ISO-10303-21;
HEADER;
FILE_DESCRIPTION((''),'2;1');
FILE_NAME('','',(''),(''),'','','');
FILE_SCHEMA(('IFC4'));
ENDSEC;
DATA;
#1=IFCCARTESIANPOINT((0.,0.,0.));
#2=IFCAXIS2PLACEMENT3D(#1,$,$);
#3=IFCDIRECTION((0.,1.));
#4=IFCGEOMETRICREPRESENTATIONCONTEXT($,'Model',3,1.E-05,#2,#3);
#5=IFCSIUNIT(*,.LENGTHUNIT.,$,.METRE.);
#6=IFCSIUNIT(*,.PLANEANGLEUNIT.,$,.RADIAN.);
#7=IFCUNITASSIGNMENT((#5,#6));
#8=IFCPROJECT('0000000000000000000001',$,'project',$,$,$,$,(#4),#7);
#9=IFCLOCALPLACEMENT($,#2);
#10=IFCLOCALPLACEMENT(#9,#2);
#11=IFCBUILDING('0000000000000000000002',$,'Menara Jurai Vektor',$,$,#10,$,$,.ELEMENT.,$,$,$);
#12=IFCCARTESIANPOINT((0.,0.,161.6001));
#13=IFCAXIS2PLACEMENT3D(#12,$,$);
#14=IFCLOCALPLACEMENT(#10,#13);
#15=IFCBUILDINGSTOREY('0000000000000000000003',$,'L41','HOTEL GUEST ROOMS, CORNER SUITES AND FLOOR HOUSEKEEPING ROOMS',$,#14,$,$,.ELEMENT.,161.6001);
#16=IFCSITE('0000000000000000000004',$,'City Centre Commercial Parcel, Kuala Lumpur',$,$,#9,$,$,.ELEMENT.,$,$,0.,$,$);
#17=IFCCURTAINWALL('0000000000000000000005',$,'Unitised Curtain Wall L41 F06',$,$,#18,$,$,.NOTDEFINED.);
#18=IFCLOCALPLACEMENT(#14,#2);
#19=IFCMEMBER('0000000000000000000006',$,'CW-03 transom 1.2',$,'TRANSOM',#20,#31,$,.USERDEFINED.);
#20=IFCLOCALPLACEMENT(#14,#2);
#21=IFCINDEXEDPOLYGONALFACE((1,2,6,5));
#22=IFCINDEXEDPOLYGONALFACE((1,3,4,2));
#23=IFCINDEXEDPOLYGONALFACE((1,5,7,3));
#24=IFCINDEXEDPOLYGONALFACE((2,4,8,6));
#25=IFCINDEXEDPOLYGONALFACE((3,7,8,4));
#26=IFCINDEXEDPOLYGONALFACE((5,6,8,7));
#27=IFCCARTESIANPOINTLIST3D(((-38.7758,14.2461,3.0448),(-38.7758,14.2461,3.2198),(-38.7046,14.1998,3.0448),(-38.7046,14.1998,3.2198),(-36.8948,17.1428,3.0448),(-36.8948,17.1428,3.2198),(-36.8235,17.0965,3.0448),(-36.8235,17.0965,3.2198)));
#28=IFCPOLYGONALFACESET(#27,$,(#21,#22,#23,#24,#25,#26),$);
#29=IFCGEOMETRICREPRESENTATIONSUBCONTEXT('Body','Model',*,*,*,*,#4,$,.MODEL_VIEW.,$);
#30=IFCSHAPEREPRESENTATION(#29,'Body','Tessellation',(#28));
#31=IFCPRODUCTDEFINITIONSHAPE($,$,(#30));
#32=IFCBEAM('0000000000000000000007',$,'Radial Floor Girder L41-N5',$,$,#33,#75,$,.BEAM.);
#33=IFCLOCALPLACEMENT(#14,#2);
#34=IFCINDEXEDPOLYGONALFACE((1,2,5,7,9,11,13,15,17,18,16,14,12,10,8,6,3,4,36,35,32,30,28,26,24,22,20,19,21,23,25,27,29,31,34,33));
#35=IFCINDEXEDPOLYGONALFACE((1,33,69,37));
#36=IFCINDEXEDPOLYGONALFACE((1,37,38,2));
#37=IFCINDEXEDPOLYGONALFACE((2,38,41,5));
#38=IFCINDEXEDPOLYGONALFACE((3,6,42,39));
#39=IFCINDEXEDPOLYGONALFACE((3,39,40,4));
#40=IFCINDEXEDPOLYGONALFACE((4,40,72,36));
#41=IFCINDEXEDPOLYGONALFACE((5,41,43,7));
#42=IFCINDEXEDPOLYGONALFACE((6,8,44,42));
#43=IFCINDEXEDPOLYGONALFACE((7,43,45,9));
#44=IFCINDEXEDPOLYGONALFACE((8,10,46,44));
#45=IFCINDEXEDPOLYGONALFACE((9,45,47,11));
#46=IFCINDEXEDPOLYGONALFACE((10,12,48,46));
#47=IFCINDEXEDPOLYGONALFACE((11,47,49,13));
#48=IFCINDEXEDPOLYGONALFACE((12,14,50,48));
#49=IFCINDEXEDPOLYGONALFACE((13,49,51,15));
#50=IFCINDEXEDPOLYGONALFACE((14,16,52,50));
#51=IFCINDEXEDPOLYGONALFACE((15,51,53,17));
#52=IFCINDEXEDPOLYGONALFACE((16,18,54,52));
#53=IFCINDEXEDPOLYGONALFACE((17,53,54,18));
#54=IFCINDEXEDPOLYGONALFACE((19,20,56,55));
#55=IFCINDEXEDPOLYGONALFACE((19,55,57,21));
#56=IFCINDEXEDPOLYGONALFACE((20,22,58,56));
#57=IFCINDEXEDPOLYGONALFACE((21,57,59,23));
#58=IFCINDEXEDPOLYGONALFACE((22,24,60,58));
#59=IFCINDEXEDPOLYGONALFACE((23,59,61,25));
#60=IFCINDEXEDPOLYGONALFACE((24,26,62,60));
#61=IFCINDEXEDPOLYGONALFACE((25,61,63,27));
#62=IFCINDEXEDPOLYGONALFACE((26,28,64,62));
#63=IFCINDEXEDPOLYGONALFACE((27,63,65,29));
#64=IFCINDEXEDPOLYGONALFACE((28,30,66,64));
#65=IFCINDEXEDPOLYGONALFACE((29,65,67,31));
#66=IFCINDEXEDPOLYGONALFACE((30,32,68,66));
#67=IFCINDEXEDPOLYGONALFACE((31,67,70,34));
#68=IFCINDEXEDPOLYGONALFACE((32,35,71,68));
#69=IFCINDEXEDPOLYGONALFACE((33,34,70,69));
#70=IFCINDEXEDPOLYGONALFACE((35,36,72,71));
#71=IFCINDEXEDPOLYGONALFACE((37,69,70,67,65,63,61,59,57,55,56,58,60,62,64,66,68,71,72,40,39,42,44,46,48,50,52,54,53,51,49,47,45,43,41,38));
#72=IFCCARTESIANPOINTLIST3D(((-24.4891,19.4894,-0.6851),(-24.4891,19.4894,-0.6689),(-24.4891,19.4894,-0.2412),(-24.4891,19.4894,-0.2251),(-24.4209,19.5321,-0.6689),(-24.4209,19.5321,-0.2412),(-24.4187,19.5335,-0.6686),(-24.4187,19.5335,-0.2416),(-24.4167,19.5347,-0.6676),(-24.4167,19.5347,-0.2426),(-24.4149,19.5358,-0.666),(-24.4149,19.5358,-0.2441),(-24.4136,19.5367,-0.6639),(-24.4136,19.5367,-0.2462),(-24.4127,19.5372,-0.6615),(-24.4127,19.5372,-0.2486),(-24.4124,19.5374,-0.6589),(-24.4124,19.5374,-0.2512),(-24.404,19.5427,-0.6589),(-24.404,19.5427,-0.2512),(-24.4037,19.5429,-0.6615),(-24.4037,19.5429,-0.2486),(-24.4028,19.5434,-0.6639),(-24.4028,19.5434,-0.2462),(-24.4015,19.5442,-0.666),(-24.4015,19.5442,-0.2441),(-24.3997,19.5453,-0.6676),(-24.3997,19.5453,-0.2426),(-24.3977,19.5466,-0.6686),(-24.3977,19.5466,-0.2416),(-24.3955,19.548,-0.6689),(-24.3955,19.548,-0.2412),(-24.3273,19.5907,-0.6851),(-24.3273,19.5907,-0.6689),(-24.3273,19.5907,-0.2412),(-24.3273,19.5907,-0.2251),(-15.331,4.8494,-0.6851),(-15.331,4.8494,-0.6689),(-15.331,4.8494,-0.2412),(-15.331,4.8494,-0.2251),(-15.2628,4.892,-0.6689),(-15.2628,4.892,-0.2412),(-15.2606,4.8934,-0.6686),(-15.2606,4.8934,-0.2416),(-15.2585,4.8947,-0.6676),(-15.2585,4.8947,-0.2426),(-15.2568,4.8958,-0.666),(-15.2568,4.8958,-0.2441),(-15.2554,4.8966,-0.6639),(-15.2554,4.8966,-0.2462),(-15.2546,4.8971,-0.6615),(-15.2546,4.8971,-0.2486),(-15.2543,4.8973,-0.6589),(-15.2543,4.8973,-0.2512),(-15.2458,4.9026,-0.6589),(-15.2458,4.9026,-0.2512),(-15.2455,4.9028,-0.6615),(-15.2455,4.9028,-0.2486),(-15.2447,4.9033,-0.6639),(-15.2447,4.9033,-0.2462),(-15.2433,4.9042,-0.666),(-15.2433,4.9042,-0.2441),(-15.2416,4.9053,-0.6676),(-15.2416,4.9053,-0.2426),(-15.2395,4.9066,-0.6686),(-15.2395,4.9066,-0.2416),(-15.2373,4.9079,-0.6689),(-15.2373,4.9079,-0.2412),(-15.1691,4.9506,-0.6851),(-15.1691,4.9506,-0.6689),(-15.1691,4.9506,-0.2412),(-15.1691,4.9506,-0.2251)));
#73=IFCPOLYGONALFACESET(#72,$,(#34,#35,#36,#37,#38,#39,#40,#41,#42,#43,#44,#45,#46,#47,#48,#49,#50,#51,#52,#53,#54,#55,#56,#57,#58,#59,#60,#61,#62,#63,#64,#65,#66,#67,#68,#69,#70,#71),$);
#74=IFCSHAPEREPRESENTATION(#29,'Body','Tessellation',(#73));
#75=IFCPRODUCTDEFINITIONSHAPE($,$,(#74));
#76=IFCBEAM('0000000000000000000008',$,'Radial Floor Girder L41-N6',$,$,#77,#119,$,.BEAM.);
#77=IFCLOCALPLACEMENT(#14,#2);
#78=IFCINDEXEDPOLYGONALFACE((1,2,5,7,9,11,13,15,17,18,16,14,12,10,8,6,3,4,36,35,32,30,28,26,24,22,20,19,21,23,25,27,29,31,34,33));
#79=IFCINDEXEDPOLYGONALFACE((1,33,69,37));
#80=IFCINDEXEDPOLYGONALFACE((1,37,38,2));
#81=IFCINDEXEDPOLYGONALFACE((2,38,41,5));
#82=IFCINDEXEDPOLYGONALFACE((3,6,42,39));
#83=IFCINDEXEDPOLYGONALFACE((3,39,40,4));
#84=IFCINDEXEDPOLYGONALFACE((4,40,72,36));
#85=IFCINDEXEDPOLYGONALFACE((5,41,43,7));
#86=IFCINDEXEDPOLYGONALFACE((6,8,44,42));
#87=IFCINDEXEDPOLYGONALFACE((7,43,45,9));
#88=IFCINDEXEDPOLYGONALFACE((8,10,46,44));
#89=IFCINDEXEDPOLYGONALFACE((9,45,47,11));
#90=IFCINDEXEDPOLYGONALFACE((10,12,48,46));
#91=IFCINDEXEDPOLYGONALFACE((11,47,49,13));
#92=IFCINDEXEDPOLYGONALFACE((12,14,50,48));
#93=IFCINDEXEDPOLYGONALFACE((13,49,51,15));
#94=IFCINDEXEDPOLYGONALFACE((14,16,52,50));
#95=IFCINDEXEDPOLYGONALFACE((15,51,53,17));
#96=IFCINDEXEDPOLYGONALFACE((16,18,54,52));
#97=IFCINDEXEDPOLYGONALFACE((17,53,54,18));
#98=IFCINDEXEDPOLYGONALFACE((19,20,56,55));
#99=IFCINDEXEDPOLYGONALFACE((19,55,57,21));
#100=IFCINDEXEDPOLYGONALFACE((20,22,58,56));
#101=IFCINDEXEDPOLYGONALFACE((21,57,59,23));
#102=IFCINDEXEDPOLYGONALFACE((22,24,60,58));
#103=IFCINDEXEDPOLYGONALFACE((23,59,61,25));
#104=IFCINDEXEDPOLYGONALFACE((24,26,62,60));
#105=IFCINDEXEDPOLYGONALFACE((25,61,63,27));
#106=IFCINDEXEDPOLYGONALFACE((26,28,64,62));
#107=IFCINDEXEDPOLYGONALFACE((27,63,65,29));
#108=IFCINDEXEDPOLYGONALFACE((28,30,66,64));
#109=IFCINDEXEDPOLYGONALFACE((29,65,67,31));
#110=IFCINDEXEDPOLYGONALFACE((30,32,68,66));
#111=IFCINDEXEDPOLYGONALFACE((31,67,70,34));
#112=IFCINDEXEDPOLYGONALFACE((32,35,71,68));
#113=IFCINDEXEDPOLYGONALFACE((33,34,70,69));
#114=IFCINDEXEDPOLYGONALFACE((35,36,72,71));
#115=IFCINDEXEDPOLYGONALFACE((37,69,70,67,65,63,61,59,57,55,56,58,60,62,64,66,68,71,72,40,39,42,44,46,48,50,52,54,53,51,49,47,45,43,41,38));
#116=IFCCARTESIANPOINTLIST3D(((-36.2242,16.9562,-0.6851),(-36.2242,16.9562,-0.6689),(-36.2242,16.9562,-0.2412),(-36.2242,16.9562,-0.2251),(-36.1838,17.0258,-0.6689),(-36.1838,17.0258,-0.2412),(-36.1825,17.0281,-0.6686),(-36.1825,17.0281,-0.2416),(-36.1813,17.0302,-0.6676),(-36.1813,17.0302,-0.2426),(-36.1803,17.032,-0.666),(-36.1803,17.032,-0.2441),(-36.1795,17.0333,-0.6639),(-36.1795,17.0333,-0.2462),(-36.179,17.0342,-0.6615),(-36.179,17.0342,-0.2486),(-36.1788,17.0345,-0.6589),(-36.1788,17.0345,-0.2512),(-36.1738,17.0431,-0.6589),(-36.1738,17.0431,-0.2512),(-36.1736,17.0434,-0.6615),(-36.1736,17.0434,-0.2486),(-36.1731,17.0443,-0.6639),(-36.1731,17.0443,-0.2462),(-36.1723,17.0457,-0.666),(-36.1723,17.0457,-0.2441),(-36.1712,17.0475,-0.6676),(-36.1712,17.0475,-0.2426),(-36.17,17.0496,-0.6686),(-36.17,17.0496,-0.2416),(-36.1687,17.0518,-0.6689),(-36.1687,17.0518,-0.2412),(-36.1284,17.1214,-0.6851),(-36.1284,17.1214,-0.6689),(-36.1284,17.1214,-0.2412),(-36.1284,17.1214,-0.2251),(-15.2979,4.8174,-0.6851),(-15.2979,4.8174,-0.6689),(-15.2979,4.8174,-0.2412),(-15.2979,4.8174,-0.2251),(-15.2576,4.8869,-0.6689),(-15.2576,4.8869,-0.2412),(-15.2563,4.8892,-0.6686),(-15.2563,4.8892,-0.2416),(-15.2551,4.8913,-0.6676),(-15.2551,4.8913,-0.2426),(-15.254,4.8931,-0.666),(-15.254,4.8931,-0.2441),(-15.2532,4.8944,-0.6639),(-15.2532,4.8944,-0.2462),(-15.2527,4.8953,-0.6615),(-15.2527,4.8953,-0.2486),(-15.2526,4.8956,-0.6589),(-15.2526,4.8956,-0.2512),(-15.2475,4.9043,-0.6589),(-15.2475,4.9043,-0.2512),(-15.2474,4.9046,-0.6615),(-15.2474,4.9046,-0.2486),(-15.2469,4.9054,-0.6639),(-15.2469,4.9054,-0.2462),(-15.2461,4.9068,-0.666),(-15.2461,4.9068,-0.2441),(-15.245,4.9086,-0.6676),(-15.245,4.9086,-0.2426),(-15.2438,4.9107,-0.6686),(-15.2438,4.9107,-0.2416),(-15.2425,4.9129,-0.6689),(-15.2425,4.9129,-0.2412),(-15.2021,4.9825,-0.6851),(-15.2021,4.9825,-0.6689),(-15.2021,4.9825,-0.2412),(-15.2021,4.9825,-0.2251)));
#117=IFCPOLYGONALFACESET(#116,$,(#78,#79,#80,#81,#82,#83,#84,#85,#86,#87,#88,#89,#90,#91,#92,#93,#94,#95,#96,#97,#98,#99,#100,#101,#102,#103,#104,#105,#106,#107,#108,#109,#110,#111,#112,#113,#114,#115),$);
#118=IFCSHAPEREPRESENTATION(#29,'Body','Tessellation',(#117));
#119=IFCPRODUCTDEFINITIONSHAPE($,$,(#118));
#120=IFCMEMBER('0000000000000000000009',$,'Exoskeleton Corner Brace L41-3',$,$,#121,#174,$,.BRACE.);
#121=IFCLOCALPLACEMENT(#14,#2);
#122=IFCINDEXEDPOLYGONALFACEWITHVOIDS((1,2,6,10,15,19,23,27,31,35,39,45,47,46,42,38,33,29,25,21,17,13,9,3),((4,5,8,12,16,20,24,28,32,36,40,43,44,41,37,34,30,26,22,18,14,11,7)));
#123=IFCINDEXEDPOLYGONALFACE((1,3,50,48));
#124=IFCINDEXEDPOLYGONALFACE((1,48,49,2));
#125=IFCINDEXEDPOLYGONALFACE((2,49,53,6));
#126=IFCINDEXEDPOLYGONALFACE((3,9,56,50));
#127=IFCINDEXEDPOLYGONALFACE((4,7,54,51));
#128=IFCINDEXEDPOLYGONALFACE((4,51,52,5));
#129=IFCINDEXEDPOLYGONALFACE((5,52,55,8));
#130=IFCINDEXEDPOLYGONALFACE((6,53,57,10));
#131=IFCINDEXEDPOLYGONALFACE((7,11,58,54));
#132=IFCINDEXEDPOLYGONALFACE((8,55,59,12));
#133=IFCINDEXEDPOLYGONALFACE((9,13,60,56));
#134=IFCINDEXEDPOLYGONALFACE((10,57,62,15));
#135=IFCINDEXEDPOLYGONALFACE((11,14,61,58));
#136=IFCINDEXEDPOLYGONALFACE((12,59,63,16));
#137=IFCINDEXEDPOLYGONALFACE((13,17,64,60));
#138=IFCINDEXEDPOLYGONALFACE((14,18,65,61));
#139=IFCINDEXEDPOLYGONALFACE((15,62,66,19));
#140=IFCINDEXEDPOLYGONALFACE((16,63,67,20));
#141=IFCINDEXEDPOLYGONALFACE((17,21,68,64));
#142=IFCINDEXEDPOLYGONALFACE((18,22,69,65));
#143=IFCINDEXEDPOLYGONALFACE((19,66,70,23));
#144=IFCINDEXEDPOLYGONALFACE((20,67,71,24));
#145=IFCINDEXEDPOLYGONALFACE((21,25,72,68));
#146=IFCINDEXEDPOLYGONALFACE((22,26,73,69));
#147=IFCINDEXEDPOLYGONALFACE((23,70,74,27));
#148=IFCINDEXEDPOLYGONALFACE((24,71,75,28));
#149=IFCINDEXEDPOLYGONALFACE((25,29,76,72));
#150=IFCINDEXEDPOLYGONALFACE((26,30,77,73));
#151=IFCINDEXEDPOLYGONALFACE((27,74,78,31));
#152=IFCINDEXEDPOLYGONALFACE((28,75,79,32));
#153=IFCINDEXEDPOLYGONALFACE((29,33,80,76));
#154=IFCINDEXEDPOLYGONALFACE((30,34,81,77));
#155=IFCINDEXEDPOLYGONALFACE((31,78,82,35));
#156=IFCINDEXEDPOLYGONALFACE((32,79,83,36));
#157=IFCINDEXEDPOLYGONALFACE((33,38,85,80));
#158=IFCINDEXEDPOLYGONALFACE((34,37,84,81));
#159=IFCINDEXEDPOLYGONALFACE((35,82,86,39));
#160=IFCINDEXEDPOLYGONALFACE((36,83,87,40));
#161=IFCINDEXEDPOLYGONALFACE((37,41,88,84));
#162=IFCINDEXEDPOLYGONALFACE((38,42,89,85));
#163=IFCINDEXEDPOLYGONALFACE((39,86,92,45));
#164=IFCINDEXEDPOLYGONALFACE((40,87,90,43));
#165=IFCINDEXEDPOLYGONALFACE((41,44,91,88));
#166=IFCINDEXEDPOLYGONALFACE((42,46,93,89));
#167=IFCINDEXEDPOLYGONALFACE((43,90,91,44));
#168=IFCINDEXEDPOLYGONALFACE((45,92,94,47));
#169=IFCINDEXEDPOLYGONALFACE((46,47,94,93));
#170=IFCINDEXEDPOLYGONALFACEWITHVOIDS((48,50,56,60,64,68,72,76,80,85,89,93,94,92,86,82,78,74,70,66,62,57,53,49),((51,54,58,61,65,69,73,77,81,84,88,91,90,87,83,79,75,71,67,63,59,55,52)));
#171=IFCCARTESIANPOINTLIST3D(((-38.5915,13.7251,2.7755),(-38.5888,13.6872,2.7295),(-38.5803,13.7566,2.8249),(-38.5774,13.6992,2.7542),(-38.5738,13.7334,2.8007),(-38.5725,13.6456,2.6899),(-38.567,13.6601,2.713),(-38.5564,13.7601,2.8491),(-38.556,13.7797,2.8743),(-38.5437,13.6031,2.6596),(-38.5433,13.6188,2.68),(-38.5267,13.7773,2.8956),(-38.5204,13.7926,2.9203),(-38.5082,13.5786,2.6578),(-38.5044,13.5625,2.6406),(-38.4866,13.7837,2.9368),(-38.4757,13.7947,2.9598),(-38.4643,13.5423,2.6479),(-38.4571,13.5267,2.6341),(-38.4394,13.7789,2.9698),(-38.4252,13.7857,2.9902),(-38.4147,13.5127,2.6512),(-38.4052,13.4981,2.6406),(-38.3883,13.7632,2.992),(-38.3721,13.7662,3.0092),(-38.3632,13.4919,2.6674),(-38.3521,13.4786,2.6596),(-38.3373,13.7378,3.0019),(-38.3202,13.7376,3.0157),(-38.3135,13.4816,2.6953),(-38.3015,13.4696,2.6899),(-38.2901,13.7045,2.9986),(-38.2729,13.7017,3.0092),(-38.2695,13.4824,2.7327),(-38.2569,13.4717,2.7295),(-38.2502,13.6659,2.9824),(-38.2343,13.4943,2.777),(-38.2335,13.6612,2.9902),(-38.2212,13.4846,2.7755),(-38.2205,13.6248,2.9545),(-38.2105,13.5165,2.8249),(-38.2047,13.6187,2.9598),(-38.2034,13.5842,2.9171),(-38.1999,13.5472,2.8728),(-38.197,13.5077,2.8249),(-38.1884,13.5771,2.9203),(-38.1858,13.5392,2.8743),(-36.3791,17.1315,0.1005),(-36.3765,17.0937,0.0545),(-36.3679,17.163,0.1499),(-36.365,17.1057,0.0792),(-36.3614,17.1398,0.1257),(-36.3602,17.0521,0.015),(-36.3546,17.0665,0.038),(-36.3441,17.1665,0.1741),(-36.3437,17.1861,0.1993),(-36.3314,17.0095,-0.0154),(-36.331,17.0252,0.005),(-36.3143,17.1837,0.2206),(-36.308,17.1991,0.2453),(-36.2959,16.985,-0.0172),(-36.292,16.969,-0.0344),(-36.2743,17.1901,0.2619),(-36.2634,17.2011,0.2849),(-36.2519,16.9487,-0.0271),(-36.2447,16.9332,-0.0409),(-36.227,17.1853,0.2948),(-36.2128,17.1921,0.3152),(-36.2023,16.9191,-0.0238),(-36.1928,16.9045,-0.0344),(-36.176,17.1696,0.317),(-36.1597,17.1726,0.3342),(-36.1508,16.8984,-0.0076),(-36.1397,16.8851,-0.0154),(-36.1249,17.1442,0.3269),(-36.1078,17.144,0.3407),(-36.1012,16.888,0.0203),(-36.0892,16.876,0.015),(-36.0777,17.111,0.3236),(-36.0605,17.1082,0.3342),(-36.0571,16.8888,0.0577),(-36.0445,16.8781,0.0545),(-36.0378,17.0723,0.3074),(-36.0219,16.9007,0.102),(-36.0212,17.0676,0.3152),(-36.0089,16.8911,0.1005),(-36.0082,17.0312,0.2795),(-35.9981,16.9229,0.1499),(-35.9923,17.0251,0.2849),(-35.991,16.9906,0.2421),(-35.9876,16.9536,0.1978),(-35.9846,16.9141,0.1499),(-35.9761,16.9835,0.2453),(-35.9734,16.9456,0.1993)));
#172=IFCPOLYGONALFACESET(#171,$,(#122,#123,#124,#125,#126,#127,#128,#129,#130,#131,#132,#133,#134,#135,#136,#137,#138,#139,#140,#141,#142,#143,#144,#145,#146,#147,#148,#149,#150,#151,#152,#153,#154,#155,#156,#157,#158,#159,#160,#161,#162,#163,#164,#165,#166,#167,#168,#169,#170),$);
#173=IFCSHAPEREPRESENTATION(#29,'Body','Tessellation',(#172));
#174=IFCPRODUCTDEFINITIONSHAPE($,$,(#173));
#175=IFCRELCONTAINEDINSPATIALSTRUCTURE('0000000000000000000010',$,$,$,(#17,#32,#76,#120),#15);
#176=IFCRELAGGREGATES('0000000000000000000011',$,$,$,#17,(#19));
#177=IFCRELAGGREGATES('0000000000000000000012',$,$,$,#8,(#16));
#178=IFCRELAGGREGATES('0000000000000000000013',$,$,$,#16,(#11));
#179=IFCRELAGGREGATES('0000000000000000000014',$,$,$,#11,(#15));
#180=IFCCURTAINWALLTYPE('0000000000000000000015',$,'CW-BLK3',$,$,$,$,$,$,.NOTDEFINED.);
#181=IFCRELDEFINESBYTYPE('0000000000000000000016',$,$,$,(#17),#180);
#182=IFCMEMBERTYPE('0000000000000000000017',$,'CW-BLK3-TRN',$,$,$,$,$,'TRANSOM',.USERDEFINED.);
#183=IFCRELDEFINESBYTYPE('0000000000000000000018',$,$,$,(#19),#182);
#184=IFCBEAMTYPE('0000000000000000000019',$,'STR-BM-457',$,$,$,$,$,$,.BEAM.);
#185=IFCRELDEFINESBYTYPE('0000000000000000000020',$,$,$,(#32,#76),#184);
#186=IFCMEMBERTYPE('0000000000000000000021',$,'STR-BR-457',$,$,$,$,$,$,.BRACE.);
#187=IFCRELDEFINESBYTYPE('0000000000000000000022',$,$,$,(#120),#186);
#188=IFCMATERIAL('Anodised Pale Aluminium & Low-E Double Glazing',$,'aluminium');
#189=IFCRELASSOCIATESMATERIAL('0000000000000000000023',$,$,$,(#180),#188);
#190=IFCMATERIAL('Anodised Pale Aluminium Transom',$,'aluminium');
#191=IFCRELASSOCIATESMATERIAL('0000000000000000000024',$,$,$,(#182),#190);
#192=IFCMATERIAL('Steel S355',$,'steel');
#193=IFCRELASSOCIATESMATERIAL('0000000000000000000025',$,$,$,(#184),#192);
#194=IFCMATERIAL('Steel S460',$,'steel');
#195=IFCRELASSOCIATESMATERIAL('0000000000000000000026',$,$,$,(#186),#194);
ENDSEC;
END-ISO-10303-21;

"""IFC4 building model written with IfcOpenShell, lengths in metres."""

from ifc_helpers import new_model, si_unit, direction, frame, origin, origin_2d, place, context, subcontext, project, spatial, rectangle, hollow_circle, i_section, extrude, material, material_profile, profile_set, type_object, element, aggregate, save


model = new_model("IFC4")

# Units and contexts
model_context = context("Model", 3, precision=1e-05, world=origin(), true_north=direction((0.0, 1.0)))
body_context = subcontext(model_context, "Body", "Model", "MODEL_VIEW")
ifc_project = project(units=[si_unit("LENGTHUNIT", "METRE"), si_unit("PLANEANGLEUNIT", "RADIAN")], contexts=[model_context])

# Site, building, storey
site_placement = place(None, origin())
site = spatial("IfcSite", under=ifc_project, at=site_placement, Name="City Centre Commercial Parcel, Kuala Lumpur", CompositionType="ELEMENT", RefElevation=0.0)
building_placement = place(site_placement, origin())
building = spatial("IfcBuilding", under=site, at=building_placement, Name="Menara Jurai Vektor", CompositionType="ELEMENT")
storey_placement = place(building_placement, frame((0.0, 0.0, 161.6001)))
storey = spatial("IfcBuildingStorey", under=building, at=storey_placement, Name="L41", Description="HOTEL GUEST ROOMS, CORNER SUITES AND FLOOR HOUSEKEEPING ROOMS", CompositionType="ELEMENT", Elevation=161.6001)

# Shared definitions
ifc_material_1 = material(Name="Steel S460", Category="steel")

# Curtain wall
ifc_material_2 = material(Name="Anodised Pale Aluminium & Low-E Double Glazing", Category="aluminium")
curtain_wall_type = type_object("IfcCurtainWallType", Name="CW-BLK3", PredefinedType="NOTDEFINED", material=ifc_material_2)
curtain_wall_1_placement = place(storey_placement, origin())
curtain_wall_1 = element("IfcCurtainWall", 1, at=curtain_wall_1_placement, inside=storey, type_object=curtain_wall_type, Name="Unitised Curtain Wall L41 F06", PredefinedType="NOTDEFINED")

# Member
ifc_material_3 = material(Name="Anodised Pale Aluminium Transom", Category="aluminium")
ifc_material_profile_1 = material_profile(ifc_material_3, rectangle(XDim=0.085, YDim=0.175, at=origin_2d()), Name="ALU TRN 85x175")
ifc_profile_set_1 = profile_set([ifc_material_profile_1], Name="Anodised Pale Aluminium Transom")
member_type_1 = type_object("IfcMemberType", Name="CW-BLK3-TRN", ElementType="TRANSOM", PredefinedType="USERDEFINED", material=ifc_profile_set_1)
member_1_placement = place(storey_placement, frame((-36.8591, 17.1196, 3.1323), z_axis=(-0.544628, -0.838678, 0.0), x_axis=(0.838678, -0.544628, 0.0)))
member_1 = element("IfcMember", 2, at=member_1_placement, type_object=member_type_1, Name="CW-03 transom 1.2", ObjectType="TRANSOM", PredefinedType="USERDEFINED", context=body_context, shape_type="SweptSolid", body=[
    extrude(rectangle(XDim=0.085, YDim=0.175, at=origin_2d()), origin(), (0.0, 0.0, 1.0), 3.4539),
])

# Beams
ifc_material_4 = material(Name="Steel S355", Category="steel")
ifc_material_profile_2 = material_profile(ifc_material_4, i_section(OverallWidth=0.1909, OverallDepth=0.46, WebThickness=0.01, FlangeThickness=0.0161, FilletRadius=0.01, at=origin_2d()), Name="UKB 457x191x82")
ifc_profile_set_2 = profile_set([ifc_material_profile_2], Name="Steel S355")
beam_type_1 = type_object("IfcBeamType", Name="STR-BM-457", PredefinedType="BEAM", material=ifc_profile_set_2)
beam_1_placement = place(storey_placement, frame((-24.4082, 19.54, -0.4551), z_axis=(0.530337, -0.847787, 0.0), x_axis=(0.847787, 0.530337, 0.0)))
element("IfcBeam", 3, at=beam_1_placement, inside=storey, type_object=beam_type_1, Name="Radial Floor Girder L41-N5", PredefinedType="BEAM", context=body_context, shape_type="SweptSolid", body=[
    extrude(i_section(OverallWidth=0.1909, OverallDepth=0.46, WebThickness=0.01, FlangeThickness=0.0161, FilletRadius=0.01, at=origin_2d()), origin(), (0.0, 0.0, 1.0), 17.2686),
])
beam_2_placement = place(storey_placement, frame((-36.1763, 17.0388, -0.4551), z_axis=(0.865001, -0.50177, 0.0), x_axis=(0.50177, 0.865001, 0.0)))
element("IfcBeam", 4, at=beam_2_placement, inside=storey, type_object=beam_type_1, Name="Radial Floor Girder L41-N6", PredefinedType="BEAM", context=body_context, shape_type="SweptSolid", body=[
    extrude(i_section(OverallWidth=0.1909, OverallDepth=0.46, WebThickness=0.01, FlangeThickness=0.0161, FilletRadius=0.01, at=origin_2d()), origin(), (0.0, 0.0, 1.0), 24.1921),
])

# Member
ifc_material_profile_3 = material_profile(ifc_material_1, hollow_circle(Radius=0.2285, WallThickness=0.0161, at=origin_2d()), Name="CHS 457x16")
ifc_profile_set_3 = profile_set([ifc_material_profile_3], Name="Steel S460")
member_type_2 = type_object("IfcMemberType", Name="STR-BR-457", PredefinedType="BRACE", material=ifc_profile_set_3)
member_2_placement = place(storey_placement, frame((-36.1763, 17.0386, 0.1499), z_axis=(-0.454888, -0.700403, 0.550012), x_axis=(0.838648, -0.544674, 0.0)))
element("IfcMember", 5, at=member_2_placement, inside=storey, type_object=member_type_2, Name="Exoskeleton Corner Brace L41-3", PredefinedType="BRACE", context=body_context, shape_type="SweptSolid", body=[
    extrude(hollow_circle(Radius=0.2285, WallThickness=0.0161, at=origin_2d()), origin(), (0.0, 0.0, 1.0), 4.8635),
])

aggregate(curtain_wall_1, [member_1])

save(model, "model.ifc")
